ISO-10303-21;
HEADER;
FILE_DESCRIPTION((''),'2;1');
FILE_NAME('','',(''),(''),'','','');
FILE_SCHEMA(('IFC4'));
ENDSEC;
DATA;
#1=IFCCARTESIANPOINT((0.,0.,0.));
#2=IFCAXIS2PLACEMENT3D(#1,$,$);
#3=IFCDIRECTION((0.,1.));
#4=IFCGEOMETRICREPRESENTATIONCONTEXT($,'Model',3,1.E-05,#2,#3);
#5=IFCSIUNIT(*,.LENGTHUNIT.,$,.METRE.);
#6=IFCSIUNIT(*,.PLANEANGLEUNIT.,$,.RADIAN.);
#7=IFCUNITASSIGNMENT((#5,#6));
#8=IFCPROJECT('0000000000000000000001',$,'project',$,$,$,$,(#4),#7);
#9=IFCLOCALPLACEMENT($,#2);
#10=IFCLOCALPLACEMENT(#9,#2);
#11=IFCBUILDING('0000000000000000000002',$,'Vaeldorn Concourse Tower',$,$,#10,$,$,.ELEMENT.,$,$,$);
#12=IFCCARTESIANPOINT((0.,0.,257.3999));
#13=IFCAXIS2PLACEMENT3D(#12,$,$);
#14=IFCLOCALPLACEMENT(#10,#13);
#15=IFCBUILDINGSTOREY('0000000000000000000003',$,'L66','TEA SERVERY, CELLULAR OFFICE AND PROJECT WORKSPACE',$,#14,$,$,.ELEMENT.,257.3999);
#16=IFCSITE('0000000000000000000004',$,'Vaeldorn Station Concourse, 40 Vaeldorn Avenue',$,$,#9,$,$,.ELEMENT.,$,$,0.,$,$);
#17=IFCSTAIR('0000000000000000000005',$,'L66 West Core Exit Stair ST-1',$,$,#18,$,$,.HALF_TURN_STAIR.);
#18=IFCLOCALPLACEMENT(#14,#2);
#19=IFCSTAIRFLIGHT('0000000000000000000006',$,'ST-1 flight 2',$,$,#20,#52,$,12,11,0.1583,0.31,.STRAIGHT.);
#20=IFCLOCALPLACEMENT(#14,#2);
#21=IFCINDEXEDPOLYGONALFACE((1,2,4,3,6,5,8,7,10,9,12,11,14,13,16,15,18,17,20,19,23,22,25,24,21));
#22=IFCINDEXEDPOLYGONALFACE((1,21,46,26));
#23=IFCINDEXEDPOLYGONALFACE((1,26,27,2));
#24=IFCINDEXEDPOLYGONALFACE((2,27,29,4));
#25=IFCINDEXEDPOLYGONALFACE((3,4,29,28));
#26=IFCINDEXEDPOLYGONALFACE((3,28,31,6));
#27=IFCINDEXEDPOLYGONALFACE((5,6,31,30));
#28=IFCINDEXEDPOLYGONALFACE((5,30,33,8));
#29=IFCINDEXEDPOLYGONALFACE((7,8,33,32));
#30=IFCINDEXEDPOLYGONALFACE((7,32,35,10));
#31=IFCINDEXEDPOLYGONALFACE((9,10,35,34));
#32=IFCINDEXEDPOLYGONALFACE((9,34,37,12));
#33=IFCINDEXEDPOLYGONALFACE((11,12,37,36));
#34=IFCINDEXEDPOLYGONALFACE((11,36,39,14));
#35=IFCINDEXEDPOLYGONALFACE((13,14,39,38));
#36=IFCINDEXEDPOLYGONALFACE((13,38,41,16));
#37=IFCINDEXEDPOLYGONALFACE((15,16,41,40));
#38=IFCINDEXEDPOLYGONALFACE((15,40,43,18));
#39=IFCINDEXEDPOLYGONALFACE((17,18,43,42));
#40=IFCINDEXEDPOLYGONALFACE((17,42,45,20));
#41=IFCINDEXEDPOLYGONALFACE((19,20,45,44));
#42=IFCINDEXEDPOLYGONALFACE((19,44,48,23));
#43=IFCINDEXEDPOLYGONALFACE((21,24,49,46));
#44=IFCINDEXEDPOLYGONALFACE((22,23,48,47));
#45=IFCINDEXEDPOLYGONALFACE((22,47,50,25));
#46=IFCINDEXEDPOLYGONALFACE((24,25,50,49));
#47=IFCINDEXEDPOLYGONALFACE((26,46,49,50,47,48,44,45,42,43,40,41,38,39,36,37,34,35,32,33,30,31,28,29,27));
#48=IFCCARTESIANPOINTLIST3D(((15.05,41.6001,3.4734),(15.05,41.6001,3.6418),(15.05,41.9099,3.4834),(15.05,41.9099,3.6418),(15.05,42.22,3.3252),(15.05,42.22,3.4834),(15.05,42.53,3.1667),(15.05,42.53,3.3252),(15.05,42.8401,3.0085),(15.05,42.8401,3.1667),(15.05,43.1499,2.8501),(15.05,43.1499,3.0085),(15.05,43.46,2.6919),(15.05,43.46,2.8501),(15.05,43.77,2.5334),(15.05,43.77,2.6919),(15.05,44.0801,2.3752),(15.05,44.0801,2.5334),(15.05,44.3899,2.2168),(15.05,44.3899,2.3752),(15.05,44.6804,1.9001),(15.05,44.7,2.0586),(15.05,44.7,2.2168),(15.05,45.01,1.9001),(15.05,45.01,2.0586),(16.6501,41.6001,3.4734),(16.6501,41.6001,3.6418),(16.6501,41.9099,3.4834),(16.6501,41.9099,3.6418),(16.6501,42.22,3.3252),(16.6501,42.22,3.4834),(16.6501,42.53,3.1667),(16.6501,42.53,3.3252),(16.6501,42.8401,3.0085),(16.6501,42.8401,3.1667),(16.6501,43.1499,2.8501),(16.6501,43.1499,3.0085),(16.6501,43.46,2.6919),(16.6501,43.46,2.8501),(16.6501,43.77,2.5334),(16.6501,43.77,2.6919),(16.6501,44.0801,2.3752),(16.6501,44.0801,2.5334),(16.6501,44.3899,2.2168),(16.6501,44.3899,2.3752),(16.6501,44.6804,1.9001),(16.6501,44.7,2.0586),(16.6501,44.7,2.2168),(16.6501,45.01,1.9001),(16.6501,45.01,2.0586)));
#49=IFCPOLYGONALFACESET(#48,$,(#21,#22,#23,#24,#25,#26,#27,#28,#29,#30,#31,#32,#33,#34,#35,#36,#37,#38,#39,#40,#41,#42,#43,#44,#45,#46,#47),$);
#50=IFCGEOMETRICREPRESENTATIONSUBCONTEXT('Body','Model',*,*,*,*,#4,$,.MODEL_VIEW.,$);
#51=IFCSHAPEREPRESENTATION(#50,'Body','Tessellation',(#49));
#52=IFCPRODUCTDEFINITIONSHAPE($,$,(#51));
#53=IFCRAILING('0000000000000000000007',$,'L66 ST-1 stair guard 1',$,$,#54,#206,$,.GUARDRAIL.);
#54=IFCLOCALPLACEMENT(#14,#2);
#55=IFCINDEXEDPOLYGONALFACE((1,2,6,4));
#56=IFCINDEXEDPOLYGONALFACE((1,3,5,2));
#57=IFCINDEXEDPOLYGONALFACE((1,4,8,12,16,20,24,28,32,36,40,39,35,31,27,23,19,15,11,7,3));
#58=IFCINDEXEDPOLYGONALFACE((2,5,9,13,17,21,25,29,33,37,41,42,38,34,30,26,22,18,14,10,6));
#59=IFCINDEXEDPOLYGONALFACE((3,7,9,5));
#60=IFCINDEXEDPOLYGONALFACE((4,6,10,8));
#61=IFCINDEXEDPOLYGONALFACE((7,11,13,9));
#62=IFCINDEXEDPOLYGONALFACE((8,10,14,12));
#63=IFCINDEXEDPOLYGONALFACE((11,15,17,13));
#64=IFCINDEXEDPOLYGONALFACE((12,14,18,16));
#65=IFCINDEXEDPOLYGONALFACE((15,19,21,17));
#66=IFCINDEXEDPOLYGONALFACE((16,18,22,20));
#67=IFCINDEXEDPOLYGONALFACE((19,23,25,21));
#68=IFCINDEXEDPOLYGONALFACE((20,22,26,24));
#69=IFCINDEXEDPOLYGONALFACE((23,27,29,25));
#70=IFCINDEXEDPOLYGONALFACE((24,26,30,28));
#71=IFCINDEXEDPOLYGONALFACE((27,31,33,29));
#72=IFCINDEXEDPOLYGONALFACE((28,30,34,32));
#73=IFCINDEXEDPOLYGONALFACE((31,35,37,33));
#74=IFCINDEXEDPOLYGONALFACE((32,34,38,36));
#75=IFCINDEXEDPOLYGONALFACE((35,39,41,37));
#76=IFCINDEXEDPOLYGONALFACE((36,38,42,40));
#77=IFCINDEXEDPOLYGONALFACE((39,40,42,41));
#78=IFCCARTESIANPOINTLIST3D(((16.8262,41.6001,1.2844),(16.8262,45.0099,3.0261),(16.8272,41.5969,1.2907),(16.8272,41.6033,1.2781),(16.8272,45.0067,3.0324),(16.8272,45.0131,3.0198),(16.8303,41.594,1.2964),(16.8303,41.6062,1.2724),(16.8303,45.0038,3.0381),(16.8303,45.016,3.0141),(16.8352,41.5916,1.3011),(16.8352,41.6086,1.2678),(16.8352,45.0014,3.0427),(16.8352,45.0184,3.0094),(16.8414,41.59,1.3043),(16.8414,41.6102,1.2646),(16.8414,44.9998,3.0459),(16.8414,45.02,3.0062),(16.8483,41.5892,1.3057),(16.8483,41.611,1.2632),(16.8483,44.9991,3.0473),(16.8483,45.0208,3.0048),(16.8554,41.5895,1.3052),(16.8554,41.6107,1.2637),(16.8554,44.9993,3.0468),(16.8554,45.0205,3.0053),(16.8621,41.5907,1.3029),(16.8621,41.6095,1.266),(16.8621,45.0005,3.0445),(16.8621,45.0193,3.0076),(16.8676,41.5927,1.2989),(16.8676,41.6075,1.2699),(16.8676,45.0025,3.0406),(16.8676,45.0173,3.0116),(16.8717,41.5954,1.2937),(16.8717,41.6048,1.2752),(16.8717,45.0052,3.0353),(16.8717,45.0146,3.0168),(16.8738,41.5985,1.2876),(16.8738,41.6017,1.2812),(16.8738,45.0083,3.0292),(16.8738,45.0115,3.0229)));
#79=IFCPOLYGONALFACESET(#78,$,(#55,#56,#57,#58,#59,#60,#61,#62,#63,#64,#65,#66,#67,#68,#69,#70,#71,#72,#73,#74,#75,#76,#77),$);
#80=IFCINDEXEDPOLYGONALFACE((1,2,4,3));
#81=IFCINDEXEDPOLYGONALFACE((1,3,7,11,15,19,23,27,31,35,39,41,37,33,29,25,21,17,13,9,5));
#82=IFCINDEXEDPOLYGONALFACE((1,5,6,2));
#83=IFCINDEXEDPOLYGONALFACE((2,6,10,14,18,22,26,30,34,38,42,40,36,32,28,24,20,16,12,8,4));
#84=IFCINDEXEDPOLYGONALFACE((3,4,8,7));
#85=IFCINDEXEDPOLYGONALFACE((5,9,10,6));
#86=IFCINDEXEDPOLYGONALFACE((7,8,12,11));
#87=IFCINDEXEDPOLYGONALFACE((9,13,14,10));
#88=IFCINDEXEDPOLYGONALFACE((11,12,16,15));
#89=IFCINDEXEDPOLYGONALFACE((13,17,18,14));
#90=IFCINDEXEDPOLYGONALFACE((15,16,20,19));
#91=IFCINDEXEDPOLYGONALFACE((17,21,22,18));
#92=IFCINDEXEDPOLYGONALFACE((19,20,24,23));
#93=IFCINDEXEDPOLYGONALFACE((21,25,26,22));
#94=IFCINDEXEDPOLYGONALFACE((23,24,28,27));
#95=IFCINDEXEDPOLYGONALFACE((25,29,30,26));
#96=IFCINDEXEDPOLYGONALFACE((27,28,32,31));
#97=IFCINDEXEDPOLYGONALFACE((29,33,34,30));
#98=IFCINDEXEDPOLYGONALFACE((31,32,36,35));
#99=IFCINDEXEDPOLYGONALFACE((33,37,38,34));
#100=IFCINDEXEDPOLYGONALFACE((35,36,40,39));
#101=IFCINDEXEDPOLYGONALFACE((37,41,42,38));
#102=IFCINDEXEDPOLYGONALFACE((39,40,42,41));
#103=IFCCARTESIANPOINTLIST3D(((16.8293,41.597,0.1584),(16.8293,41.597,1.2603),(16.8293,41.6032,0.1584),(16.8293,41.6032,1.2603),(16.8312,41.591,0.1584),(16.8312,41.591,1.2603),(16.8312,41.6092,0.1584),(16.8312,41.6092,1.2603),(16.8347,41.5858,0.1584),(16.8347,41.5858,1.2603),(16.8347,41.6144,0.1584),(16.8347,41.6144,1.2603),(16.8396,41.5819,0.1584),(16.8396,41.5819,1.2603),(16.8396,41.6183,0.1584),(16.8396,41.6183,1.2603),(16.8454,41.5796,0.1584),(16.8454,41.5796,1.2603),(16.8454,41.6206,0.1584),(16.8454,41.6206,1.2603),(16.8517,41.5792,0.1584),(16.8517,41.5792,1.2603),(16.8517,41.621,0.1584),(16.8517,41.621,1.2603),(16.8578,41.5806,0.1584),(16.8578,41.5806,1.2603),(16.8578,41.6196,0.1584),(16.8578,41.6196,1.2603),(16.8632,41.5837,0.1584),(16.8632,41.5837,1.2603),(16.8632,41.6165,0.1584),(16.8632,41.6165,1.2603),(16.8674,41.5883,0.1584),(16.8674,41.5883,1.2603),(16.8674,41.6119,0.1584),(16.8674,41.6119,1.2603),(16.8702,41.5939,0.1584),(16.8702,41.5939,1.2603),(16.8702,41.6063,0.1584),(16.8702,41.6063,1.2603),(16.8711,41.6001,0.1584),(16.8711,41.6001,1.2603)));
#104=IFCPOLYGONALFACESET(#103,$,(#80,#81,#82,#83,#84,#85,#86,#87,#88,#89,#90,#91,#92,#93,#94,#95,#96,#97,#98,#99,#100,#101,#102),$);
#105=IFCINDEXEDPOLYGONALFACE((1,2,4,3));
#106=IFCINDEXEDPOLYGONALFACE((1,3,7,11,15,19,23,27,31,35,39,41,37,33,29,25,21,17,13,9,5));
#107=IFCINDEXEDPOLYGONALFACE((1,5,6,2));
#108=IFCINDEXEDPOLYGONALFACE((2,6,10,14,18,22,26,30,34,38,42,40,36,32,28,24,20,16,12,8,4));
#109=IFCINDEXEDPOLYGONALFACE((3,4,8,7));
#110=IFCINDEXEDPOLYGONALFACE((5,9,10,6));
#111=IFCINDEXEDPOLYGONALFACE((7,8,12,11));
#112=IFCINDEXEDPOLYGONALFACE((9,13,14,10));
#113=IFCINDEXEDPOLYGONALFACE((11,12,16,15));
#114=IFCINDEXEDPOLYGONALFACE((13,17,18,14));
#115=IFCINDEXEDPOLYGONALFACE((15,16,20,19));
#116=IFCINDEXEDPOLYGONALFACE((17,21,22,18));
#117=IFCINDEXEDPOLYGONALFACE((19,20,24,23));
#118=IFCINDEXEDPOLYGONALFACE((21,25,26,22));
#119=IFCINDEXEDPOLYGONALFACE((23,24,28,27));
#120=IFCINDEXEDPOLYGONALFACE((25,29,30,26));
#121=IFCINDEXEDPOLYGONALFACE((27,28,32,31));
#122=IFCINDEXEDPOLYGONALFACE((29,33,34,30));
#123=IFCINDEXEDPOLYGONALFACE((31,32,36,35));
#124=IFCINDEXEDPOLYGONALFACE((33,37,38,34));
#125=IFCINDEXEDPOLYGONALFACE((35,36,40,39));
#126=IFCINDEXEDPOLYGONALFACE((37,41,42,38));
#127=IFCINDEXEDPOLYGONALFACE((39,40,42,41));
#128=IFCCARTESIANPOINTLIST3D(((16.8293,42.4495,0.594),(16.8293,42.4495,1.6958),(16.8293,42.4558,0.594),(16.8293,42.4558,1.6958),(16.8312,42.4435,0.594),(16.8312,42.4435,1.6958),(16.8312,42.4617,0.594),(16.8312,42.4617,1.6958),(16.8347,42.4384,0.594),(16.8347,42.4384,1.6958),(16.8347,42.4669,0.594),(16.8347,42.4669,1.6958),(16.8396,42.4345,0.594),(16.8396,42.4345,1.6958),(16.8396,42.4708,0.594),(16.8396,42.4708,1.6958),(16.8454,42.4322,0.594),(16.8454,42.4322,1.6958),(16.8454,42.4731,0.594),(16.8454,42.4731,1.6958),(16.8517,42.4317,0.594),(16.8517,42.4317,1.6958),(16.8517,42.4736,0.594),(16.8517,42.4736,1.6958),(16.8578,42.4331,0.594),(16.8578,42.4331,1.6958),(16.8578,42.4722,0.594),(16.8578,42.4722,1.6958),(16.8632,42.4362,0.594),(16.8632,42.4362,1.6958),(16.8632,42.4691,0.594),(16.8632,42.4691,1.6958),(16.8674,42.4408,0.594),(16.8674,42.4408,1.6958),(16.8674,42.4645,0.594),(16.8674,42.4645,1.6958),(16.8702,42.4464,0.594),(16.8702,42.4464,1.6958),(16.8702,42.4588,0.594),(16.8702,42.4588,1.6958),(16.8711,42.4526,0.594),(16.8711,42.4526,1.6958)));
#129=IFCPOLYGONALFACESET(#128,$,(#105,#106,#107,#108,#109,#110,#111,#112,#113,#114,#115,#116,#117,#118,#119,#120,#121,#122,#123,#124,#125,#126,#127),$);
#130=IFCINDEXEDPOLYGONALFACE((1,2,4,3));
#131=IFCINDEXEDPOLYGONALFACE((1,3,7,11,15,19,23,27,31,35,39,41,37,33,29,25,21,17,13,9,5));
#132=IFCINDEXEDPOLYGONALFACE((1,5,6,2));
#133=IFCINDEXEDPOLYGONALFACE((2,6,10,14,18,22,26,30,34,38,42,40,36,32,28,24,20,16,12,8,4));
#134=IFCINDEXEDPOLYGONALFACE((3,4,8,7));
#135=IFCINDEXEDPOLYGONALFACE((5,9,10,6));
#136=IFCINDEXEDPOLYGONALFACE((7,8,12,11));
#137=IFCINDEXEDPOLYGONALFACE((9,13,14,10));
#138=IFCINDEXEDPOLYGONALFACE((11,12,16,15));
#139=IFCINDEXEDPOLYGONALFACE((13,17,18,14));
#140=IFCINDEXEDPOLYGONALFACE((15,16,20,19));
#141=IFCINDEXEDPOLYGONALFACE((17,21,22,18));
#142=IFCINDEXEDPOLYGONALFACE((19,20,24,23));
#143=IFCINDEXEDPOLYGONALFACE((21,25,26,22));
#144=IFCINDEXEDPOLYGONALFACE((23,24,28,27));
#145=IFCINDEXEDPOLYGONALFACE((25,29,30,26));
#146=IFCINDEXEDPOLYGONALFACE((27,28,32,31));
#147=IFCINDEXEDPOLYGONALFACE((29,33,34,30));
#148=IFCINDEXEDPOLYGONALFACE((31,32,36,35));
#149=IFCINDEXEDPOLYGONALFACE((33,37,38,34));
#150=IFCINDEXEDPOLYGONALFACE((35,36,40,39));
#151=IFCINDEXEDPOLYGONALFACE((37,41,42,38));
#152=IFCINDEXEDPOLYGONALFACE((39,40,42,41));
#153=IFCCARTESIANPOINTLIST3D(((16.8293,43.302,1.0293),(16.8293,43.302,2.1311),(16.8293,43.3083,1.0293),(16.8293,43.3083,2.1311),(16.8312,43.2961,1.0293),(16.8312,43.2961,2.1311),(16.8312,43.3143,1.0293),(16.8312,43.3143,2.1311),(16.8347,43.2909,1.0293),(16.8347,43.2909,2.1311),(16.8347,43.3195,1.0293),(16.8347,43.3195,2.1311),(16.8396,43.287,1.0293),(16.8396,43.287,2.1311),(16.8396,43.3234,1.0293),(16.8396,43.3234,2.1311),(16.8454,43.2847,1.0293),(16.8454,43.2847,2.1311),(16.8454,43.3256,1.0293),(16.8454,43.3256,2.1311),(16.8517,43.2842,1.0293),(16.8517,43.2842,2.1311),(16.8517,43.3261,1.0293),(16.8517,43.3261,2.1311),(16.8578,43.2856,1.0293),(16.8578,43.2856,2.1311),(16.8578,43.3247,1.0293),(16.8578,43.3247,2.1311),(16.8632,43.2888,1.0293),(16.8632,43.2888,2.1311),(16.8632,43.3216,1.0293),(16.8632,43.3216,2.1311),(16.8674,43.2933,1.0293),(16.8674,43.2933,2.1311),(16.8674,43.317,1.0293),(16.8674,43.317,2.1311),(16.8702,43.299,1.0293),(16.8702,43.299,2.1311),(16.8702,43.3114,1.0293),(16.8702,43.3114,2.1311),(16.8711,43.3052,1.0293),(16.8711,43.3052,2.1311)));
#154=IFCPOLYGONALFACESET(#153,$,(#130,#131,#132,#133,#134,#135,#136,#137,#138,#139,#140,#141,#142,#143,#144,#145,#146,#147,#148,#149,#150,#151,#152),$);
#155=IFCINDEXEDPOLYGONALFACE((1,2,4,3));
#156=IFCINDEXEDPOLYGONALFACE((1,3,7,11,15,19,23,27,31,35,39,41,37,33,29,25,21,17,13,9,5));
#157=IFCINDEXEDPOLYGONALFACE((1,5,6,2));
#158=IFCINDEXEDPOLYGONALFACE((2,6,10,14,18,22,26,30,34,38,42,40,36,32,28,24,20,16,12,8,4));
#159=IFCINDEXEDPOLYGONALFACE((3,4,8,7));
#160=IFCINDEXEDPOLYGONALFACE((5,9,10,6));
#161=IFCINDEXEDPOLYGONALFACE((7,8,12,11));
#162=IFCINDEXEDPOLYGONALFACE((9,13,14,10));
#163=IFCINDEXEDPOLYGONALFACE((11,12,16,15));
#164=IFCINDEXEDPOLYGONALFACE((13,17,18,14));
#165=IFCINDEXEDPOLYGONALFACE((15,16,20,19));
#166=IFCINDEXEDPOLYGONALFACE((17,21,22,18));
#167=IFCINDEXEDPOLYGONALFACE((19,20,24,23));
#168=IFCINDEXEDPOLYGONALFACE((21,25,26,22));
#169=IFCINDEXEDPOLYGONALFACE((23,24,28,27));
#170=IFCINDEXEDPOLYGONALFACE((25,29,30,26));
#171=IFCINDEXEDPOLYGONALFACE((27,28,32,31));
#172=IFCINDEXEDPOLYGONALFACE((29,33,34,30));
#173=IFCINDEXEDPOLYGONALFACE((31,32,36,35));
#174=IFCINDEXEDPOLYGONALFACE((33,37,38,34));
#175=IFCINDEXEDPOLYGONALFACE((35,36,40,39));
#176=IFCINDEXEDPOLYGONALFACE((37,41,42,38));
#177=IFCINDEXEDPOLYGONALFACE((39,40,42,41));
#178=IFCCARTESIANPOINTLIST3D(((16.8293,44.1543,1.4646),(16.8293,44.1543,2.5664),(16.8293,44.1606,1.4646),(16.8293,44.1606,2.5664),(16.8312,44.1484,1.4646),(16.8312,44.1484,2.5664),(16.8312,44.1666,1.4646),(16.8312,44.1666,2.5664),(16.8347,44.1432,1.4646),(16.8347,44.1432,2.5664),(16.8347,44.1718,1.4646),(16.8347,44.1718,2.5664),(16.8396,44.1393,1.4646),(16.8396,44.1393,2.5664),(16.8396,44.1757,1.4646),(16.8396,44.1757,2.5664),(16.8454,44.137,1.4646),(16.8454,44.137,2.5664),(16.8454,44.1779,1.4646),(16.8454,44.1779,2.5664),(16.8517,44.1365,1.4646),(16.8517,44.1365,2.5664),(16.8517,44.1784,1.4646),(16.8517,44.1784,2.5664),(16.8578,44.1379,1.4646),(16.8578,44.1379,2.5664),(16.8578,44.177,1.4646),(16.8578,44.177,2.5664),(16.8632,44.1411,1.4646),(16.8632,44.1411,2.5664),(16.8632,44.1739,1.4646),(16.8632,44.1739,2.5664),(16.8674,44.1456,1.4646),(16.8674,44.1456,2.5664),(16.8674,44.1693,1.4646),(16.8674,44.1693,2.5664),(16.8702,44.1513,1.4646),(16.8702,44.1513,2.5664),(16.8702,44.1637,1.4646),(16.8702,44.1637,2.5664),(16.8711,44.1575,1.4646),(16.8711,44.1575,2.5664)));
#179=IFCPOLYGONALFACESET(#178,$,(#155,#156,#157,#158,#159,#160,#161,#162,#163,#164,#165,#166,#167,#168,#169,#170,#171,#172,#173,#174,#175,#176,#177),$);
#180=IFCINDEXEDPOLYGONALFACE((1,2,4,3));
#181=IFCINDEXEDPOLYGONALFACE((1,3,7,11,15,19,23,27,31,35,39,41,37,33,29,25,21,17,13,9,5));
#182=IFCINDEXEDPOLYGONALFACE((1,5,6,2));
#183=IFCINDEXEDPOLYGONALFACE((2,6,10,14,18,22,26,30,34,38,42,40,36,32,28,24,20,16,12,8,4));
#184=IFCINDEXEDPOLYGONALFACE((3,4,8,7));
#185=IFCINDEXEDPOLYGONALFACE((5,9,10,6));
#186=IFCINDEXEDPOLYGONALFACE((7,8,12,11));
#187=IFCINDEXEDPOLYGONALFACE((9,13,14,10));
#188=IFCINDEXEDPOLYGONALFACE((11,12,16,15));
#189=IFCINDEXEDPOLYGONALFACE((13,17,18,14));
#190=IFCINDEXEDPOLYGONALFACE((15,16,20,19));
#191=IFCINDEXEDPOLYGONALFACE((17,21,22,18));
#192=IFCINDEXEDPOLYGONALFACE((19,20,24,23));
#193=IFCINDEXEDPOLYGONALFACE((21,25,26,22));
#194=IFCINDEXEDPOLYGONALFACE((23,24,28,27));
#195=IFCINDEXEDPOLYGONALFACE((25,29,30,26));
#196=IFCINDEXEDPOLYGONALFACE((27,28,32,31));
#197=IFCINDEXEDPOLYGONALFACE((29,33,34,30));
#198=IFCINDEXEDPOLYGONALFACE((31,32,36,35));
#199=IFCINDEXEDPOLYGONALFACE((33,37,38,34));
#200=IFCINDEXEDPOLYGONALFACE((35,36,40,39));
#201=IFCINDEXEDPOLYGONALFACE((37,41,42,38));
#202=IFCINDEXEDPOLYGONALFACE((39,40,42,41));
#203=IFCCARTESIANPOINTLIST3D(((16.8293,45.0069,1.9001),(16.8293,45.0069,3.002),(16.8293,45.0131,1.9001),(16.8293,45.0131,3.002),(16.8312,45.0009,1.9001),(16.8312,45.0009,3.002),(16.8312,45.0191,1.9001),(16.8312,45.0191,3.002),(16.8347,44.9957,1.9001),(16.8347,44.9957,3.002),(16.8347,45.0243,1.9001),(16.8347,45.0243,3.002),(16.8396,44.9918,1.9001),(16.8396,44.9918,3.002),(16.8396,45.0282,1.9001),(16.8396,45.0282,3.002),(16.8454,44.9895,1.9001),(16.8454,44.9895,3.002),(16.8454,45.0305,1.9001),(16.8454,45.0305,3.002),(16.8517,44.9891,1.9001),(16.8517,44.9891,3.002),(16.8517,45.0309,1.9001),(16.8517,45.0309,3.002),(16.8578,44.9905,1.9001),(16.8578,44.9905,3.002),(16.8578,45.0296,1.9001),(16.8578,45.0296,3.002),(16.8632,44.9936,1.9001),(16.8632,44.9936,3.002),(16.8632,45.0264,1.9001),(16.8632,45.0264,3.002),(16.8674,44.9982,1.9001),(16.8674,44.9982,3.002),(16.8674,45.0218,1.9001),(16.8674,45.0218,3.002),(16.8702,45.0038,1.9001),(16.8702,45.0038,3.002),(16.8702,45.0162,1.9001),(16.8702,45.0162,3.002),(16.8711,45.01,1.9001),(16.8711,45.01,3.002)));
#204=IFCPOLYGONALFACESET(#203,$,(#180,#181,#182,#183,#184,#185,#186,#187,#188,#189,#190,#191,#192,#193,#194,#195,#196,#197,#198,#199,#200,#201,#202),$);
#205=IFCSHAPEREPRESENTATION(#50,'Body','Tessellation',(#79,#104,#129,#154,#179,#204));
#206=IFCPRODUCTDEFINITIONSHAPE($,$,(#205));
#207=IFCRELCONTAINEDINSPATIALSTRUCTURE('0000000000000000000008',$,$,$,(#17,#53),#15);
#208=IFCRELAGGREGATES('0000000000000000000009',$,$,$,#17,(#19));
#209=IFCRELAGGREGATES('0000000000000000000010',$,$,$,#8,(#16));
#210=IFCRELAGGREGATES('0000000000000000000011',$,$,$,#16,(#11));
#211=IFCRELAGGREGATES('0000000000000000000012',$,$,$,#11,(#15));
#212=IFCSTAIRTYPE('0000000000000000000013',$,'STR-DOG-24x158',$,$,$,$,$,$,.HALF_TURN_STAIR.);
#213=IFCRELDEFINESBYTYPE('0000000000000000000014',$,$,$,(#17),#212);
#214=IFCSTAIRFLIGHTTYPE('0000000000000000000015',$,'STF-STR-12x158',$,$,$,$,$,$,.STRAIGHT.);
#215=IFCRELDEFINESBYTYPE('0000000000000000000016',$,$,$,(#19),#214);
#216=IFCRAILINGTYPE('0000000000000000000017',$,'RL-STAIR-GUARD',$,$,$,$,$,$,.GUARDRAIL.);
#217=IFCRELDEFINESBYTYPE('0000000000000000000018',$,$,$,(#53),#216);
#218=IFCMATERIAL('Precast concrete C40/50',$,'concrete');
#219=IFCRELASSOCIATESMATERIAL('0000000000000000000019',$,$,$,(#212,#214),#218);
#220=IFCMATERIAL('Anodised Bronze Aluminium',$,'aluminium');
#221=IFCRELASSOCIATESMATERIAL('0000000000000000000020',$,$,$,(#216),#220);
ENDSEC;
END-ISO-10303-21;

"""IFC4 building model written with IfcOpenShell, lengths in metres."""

from ifc_helpers import new_model, si_unit, direction, frame, origin, origin_2d, place, context, subcontext, project, spatial, polyline, circle, outline, extrude, material, type_object, element, aggregate, save


model = new_model("IFC4")

# Units and contexts
model_context = context("Model", 3, precision=1e-05, world=origin(), true_north=direction((0.0, 1.0)))
body_context = subcontext(model_context, "Body", "Model", "MODEL_VIEW")
ifc_project = project(units=[si_unit("LENGTHUNIT", "METRE"), si_unit("PLANEANGLEUNIT", "RADIAN")], contexts=[model_context])

# Site, building, storey
site_placement = place(None, origin())
site = spatial("IfcSite", under=ifc_project, at=site_placement, Name="Vaeldorn Station Concourse, 40 Vaeldorn Avenue", CompositionType="ELEMENT", RefElevation=0.0)
building_placement = place(site_placement, origin())
building = spatial("IfcBuilding", under=site, at=building_placement, Name="Vaeldorn Concourse Tower", CompositionType="ELEMENT")
storey_placement = place(building_placement, frame((0.0, 0.0, 257.3999)))
storey = spatial("IfcBuildingStorey", under=building, at=storey_placement, Name="L66", Description="TEA SERVERY, CELLULAR OFFICE AND PROJECT WORKSPACE", CompositionType="ELEMENT", Elevation=257.3999)

# Shared definitions
ifc_material_1 = material(Name="Anodised Bronze Aluminium", Category="aluminium")

# Stair, stair flight
ifc_material_2 = material(Name="Precast concrete C40/50", Category="concrete")
stair_type = type_object("IfcStairType", Name="STR-DOG-24x158", PredefinedType="HALF_TURN_STAIR", material=ifc_material_2)
stair_placement = place(storey_placement, origin())
stair = element("IfcStair", 1, at=stair_placement, inside=storey, type_object=stair_type, Name="L66 West Core Exit Stair ST-1", PredefinedType="HALF_TURN_STAIR")
stair_flight_type = type_object("IfcStairFlightType", Name="STF-STR-12x158", PredefinedType="STRAIGHT", material=ifc_material_2)
stair_flight_1_placement = place(storey_placement, frame((15.8501, 45.01, 1.9001), z_axis=(0.0, 0.0, 1.0), x_axis=(0.0, -1.0, 0.0)))
stair_flight_1 = element("IfcStairFlight", 2, at=stair_flight_1_placement, type_object=stair_flight_type, Name="ST-1 flight 2", NumberOfRisers=12, NumberOfTreads=11, PredefinedType="STRAIGHT", RiserHeight=0.1583, TreadLength=0.31, context=body_context, shape_type="SweptSolid", body=[
    extrude(outline(polyline([(0.0, 0.0), (0.0, 0.1584), (0.3101, 0.1584), (0.3101, 0.3167), (0.6201, 0.3167), (0.6201, 0.4751), (0.9299, 0.4751), (0.9299, 0.6333), (1.24, 0.6333), (1.24, 0.7917), (1.55, 0.7917), (1.55, 0.95), (1.8601, 0.95), (1.8601, 1.1084), (2.1699, 1.1084), (2.1699, 1.2666), (2.48, 1.2666), (2.48, 1.425), (2.79, 1.425), (2.79, 1.5833), (3.1001, 1.5833), (3.1001, 1.7417), (3.4099, 1.7417), (3.4099, 1.8999), (3.4099, 1.5732), (0.3296, 0.0), (0.0, 0.0)])), frame((0.0, 0.8, 0.0), z_axis=(0.0, -1.0, 0.0), x_axis=(1.0, 0.0, 0.0)), (0.0, 0.0, 1.0), 1.6001),
])
aggregate(stair, [stair_flight_1])

# Railing
railing_type_1 = type_object("IfcRailingType", Name="RL-STAIR-GUARD", PredefinedType="GUARDRAIL", material=ifc_material_1)
railing_1_placement = place(storey_placement, frame((16.8501, 41.6001, 0.1584)))
element("IfcRailing", 3, at=railing_1_placement, inside=storey, type_object=railing_type_1, Name="L66 ST-1 stair guard 1", PredefinedType="GUARDRAIL", context=body_context, shape_type="SweptSolid", body=[
    extrude(circle(Radius=0.0239, at=origin_2d()), frame((0.0, 0.0, 1.126), z_axis=(0.0, 0.890556, 0.454874), x_axis=(-1.0, 0.0, 0.0)), (0.0, 0.0, 1.0), 3.8289),
    extrude(circle(Radius=0.021, at=origin_2d()), origin(), (0.0, 0.0, 1.0), 1.1018),
    extrude(circle(Radius=0.021, at=origin_2d()), frame((0.0, 0.8525, 0.4355)), (0.0, 0.0, 1.0), 1.1018),
    extrude(circle(Radius=0.021, at=origin_2d()), frame((0.0, 1.7051, 0.8708)), (0.0, 0.0, 1.0), 1.1018),
    extrude(circle(Radius=0.021, at=origin_2d()), frame((0.0, 2.5574, 1.3062)), (0.0, 0.0, 1.0), 1.1018),
    extrude(circle(Radius=0.021, at=origin_2d()), frame((0.0, 3.4099, 1.7417)), (0.0, 0.0, 1.0), 1.1018),
])

save(model, "model.ifc")
